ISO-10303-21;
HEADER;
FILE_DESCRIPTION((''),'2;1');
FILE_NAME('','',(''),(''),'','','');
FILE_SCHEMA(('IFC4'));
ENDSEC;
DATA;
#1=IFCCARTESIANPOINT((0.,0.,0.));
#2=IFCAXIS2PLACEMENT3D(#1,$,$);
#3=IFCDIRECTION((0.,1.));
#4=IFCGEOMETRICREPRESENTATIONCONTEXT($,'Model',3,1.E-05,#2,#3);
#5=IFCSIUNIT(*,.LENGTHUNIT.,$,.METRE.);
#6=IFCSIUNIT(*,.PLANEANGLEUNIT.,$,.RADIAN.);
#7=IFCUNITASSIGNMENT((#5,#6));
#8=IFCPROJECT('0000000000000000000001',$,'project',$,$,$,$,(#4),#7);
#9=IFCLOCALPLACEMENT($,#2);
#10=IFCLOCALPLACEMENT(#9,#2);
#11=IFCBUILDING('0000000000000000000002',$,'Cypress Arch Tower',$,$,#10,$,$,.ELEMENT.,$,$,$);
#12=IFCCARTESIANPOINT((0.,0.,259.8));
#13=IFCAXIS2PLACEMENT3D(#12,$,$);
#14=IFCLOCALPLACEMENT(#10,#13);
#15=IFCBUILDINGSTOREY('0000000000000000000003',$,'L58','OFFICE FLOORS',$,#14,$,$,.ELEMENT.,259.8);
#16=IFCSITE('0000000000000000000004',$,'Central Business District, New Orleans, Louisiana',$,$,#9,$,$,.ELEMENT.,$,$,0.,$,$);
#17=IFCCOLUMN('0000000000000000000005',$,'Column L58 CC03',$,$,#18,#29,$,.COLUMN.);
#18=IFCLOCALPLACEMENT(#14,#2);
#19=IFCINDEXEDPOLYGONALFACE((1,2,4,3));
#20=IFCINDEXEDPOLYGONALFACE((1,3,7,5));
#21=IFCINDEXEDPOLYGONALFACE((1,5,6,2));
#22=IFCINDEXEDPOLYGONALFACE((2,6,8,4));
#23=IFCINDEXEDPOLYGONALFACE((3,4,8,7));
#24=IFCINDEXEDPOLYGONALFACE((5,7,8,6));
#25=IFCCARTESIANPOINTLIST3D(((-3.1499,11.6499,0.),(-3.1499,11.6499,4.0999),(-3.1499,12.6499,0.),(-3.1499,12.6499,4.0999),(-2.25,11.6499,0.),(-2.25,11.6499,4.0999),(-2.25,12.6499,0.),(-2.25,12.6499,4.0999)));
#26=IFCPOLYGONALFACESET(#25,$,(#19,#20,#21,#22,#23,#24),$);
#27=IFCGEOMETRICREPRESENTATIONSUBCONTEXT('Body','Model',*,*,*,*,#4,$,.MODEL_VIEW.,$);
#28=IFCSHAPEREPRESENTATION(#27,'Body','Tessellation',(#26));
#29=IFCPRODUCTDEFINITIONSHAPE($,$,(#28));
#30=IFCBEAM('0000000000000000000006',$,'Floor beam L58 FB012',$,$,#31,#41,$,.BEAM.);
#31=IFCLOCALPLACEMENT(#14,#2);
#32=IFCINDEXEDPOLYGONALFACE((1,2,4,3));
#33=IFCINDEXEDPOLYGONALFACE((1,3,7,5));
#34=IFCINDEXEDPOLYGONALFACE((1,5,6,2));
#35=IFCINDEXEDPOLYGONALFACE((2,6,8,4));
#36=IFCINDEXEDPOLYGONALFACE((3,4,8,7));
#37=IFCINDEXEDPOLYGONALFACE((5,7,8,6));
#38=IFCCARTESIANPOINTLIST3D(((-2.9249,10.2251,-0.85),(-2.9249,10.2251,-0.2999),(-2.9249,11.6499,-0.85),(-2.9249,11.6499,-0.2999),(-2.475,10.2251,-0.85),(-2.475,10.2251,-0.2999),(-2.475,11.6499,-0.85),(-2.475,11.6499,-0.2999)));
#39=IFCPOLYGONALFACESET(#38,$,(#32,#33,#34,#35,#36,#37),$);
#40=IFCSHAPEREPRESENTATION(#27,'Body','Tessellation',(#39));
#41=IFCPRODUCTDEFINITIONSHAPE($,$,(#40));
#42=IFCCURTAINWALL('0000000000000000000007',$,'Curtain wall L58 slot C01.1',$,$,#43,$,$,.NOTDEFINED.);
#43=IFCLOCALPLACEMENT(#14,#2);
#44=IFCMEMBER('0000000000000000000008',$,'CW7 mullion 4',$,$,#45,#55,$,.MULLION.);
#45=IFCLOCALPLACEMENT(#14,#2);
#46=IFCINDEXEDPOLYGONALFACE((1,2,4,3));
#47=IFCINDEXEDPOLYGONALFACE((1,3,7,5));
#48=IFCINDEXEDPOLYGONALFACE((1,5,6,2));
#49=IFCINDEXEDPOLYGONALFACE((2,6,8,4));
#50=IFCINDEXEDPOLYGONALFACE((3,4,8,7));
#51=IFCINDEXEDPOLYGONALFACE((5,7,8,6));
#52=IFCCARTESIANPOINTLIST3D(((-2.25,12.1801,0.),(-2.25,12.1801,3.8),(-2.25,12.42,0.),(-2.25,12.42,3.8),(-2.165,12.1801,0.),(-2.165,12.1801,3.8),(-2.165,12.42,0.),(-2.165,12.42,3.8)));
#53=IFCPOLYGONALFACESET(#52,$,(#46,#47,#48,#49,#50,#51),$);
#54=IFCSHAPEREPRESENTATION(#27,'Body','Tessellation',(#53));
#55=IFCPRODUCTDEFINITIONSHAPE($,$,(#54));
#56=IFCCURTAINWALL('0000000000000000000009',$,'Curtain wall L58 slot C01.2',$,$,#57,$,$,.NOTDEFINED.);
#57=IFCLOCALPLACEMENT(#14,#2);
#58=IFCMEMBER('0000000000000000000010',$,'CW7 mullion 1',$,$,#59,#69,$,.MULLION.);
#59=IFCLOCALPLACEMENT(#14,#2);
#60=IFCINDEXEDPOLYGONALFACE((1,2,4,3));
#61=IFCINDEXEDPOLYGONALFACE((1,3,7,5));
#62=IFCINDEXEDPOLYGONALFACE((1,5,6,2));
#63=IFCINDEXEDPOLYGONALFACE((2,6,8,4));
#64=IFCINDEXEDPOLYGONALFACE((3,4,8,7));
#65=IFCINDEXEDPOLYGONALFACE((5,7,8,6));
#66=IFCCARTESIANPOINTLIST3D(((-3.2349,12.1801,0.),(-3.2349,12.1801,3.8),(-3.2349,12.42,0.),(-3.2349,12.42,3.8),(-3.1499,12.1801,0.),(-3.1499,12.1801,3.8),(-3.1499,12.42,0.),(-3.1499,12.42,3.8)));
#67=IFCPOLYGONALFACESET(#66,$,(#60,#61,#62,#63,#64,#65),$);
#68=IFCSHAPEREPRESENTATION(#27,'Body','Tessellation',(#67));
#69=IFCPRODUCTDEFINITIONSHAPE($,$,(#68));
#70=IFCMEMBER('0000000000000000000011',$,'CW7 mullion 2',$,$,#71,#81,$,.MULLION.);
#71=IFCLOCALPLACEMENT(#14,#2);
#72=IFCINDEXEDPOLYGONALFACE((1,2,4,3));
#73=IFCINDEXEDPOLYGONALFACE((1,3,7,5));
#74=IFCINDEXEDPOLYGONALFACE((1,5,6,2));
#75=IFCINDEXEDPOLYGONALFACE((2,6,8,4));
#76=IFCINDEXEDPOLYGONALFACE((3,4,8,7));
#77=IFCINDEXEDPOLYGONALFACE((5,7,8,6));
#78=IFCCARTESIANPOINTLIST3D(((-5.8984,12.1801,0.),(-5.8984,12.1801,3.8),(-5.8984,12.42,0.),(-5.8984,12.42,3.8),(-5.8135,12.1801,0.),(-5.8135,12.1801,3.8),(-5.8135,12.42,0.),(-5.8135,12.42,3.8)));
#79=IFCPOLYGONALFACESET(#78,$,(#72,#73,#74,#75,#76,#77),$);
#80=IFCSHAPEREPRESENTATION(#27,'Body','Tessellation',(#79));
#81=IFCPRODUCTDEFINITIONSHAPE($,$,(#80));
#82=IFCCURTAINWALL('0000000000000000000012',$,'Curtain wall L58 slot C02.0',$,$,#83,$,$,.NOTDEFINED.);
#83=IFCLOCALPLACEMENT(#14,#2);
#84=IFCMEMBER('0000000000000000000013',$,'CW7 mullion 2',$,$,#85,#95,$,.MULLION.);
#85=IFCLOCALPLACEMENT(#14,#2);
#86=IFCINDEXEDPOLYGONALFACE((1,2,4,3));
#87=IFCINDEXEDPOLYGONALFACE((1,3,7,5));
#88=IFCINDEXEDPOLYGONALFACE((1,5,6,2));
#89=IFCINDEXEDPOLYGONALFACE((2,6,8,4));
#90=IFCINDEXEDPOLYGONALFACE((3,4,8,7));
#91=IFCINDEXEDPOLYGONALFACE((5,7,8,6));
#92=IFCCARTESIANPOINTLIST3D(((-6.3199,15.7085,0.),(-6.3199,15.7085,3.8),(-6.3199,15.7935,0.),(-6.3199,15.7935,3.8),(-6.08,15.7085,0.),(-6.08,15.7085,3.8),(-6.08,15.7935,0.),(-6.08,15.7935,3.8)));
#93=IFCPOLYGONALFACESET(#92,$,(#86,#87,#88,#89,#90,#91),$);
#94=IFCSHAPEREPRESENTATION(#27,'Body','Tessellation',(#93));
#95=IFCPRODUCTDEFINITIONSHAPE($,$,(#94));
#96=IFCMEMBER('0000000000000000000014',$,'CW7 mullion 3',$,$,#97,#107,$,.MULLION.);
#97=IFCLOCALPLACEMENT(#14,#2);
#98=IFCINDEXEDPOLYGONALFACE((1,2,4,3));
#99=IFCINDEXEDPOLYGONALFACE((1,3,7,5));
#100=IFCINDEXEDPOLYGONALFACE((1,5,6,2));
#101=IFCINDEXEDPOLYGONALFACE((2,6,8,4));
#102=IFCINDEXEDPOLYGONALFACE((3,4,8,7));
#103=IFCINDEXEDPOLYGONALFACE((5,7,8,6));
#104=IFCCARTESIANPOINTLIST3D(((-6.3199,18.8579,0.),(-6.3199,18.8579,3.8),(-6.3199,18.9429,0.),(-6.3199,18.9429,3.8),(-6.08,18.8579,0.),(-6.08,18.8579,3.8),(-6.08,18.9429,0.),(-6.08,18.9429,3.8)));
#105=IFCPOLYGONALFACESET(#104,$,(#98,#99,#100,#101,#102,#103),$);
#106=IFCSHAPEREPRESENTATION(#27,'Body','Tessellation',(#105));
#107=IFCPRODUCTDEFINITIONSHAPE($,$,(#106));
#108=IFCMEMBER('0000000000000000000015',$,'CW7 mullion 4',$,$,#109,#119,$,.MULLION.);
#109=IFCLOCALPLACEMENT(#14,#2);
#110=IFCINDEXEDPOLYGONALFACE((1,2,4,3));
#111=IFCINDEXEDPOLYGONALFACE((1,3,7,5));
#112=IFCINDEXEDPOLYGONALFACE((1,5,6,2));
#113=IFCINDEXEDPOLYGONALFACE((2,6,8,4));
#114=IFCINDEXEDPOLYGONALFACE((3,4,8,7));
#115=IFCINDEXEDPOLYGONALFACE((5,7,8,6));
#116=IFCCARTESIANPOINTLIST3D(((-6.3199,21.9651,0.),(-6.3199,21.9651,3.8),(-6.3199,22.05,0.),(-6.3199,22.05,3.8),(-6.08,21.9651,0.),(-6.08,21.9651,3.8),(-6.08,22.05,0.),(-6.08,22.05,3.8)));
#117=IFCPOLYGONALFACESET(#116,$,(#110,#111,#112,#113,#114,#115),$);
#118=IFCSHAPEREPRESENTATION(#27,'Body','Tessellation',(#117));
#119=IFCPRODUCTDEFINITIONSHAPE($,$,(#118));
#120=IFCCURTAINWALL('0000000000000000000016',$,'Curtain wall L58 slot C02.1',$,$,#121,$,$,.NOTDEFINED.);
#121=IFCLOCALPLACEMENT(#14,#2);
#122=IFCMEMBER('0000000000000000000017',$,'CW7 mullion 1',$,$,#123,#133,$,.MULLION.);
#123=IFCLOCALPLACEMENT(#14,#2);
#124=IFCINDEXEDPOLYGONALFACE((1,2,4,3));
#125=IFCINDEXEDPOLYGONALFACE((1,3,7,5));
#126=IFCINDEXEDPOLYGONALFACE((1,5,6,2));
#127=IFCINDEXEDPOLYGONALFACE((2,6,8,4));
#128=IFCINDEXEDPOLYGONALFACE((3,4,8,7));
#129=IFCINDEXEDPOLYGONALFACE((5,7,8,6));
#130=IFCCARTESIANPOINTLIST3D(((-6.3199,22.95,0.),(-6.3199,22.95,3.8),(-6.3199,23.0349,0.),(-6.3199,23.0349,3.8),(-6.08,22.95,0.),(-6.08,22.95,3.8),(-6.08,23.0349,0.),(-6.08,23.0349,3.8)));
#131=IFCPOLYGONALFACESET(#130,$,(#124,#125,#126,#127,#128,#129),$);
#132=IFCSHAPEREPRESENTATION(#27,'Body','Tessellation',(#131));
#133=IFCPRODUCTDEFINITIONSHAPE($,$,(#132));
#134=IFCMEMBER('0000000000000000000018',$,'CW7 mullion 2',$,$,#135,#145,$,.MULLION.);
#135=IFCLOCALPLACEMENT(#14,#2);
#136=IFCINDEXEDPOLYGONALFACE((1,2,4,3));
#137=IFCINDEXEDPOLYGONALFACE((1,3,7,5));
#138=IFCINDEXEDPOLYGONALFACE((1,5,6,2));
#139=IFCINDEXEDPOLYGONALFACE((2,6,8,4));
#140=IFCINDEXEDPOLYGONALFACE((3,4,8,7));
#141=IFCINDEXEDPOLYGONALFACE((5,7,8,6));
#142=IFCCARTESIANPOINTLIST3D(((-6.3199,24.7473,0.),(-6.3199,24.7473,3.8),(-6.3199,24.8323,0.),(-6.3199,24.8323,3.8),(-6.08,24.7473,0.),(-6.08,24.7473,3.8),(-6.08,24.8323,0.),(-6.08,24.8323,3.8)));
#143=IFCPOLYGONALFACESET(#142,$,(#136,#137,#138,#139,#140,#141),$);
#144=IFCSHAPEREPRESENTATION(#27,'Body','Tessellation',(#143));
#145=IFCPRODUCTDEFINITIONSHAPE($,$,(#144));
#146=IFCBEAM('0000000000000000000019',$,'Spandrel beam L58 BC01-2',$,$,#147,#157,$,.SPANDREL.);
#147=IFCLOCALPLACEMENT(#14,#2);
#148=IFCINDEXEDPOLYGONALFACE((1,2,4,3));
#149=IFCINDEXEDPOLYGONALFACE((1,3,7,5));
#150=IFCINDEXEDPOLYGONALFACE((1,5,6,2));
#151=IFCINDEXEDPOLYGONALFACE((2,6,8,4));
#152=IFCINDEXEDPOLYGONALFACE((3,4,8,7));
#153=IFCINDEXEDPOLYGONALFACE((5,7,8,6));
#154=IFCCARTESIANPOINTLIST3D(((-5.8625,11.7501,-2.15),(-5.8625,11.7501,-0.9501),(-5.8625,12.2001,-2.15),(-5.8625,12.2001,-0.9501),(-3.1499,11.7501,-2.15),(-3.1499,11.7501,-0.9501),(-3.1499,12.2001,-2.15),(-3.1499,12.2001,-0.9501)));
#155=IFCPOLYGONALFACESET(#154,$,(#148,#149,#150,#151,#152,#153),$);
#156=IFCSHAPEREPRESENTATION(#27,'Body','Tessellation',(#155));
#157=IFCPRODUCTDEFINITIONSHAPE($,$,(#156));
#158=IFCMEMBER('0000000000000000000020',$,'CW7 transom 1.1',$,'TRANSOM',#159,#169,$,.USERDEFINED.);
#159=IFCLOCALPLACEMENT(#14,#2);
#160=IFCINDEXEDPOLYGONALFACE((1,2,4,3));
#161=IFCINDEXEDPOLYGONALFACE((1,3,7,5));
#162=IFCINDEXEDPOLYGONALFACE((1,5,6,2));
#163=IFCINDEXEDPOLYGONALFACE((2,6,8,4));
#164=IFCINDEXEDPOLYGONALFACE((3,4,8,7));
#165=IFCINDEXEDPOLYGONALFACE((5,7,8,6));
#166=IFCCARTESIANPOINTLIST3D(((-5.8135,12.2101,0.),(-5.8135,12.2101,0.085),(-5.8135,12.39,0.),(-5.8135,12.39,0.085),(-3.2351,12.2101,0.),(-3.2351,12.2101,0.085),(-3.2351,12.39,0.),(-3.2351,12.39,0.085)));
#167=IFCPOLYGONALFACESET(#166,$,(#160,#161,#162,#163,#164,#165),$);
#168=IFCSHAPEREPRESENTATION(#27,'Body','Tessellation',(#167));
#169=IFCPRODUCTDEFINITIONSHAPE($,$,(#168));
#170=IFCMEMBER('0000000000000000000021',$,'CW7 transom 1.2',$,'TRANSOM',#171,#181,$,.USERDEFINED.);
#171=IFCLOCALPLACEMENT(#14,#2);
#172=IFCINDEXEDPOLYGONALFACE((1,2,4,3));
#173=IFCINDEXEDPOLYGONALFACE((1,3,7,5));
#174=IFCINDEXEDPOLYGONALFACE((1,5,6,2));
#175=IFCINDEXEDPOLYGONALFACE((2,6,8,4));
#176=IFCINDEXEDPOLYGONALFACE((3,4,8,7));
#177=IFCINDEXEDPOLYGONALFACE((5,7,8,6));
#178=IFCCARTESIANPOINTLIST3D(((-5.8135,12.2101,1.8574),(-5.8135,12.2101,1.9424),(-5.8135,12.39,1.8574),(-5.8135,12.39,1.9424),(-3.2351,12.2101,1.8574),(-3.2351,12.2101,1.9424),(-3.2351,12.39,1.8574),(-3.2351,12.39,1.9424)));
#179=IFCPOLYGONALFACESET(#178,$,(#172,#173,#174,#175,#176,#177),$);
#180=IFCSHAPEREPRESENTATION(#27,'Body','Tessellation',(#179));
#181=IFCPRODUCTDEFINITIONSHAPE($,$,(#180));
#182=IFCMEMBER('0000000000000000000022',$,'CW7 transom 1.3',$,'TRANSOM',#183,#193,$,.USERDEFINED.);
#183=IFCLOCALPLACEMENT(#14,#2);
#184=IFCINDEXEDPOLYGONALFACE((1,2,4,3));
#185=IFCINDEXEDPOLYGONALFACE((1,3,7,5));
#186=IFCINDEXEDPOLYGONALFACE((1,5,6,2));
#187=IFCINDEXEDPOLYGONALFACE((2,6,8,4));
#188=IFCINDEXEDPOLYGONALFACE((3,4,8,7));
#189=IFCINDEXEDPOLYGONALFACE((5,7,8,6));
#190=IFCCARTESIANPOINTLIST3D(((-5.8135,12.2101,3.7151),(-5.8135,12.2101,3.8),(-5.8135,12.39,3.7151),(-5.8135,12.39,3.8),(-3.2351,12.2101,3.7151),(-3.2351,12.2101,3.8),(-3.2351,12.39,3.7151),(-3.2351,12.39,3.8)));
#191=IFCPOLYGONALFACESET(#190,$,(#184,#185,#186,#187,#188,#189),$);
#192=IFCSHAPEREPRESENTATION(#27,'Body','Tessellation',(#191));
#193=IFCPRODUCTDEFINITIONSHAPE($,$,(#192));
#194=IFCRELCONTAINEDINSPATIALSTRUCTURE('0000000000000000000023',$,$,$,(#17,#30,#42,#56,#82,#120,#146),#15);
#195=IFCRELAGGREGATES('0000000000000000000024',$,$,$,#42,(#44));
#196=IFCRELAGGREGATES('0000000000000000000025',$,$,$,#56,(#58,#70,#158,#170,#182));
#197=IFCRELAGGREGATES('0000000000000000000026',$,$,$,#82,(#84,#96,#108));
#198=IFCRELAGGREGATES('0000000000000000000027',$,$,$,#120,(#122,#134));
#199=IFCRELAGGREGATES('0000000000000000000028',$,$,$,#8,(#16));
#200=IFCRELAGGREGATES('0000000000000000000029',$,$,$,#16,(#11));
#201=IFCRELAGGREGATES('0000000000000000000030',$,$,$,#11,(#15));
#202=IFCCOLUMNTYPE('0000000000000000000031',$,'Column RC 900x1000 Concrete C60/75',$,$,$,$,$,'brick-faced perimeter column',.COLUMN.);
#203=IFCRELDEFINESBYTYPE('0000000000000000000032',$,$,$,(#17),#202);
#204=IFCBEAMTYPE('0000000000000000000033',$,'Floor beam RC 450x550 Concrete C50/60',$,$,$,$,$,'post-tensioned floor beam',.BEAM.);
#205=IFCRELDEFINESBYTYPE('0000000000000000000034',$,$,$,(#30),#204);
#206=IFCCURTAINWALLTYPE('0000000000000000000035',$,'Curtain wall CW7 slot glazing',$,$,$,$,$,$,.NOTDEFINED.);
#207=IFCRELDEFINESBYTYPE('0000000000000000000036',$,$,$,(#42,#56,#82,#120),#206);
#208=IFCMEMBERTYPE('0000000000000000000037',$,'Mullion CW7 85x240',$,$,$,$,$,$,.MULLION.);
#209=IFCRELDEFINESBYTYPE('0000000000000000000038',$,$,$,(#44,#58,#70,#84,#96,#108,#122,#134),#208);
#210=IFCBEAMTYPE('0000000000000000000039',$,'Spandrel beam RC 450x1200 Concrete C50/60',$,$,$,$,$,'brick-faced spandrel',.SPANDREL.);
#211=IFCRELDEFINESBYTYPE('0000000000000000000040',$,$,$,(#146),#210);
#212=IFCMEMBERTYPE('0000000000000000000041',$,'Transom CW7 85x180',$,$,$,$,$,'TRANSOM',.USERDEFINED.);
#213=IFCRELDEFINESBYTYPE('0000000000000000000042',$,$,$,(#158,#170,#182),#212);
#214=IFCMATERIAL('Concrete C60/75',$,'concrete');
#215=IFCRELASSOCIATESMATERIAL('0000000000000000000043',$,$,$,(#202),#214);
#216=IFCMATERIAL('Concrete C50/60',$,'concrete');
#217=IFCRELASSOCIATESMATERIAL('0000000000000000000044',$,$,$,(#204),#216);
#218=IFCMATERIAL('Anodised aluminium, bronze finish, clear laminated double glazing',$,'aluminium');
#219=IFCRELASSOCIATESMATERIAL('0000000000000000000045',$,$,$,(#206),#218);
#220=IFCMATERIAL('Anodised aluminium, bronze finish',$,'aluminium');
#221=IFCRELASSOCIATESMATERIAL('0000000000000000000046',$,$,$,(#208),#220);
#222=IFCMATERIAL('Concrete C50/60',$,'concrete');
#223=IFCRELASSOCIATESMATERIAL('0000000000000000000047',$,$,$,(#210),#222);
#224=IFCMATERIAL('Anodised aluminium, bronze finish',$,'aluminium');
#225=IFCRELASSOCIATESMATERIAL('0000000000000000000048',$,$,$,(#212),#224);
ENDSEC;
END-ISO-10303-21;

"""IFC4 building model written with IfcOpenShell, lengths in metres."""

from ifc_helpers import new_model, si_unit, direction, frame, origin, origin_2d, place, context, subcontext, project, spatial, rectangle, extrude, material, material_profile, profile_set, type_object, element, aggregate, save


model = new_model("IFC4")

# Units and contexts
model_context = context("Model", 3, precision=1e-05, world=origin(), true_north=direction((0.0, 1.0)))
body_context = subcontext(model_context, "Body", "Model", "MODEL_VIEW")
ifc_project = project(units=[si_unit("LENGTHUNIT", "METRE"), si_unit("PLANEANGLEUNIT", "RADIAN")], contexts=[model_context])

# Site, building, storey
site_placement = place(None, origin())
site = spatial("IfcSite", under=ifc_project, at=site_placement, Name="Central Business District, New Orleans, Louisiana", CompositionType="ELEMENT", RefElevation=0.0)
building_placement = place(site_placement, origin())
building = spatial("IfcBuilding", under=site, at=building_placement, Name="Cypress Arch Tower", CompositionType="ELEMENT")
storey_placement = place(building_placement, frame((0.0, 0.0, 259.8)))
storey = spatial("IfcBuildingStorey", under=building, at=storey_placement, Name="L58", Description="OFFICE FLOORS", CompositionType="ELEMENT", Elevation=259.8)

# Column
ifc_material_1 = material(Name="Concrete C60/75", Category="concrete")
ifc_material_profile_1 = material_profile(ifc_material_1, rectangle(XDim=0.8999, YDim=1.0, at=origin_2d()), Name="RC 900x1000")
ifc_profile_set_1 = profile_set([ifc_material_profile_1], Name="Concrete C60/75")
column_type = type_object("IfcColumnType", Name="Column RC 900x1000 Concrete C60/75", ElementType="brick-faced perimeter column", PredefinedType="COLUMN", material=ifc_profile_set_1)
column_placement = place(storey_placement, frame((-2.7, 12.1499, 0.0), z_axis=(0.0, 0.0, 1.0), x_axis=(-1.0, 0.0, 0.0)))
element("IfcColumn", 1, at=column_placement, inside=storey, type_object=column_type, Name="Column L58 CC03", PredefinedType="COLUMN", context=body_context, shape_type="SweptSolid", body=[
    extrude(rectangle(XDim=0.8999, YDim=1.0, at=origin_2d()), origin(), (0.0, 0.0, 1.0), 4.0999),
])

# Beam
ifc_material_2 = material(Name="Concrete C50/60", Category="concrete")
ifc_material_profile_2 = material_profile(ifc_material_2, rectangle(XDim=0.45, YDim=0.55, at=origin_2d()), Name="RC 450x550")
ifc_profile_set_2 = profile_set([ifc_material_profile_2], Name="Concrete C50/60")
beam_type_1 = type_object("IfcBeamType", Name="Floor beam RC 450x550 Concrete C50/60", ElementType="post-tensioned floor beam", PredefinedType="BEAM", material=ifc_profile_set_2)
beam_1_placement = place(storey_placement, frame((-2.7, 10.2251, -0.575), z_axis=(0.0, 1.0, 0.0), x_axis=(-1.0, 0.0, 0.0)))
element("IfcBeam", 2, at=beam_1_placement, inside=storey, type_object=beam_type_1, Name="Floor beam L58 FB012", PredefinedType="BEAM", context=body_context, shape_type="SweptSolid", body=[
    extrude(rectangle(XDim=0.45, YDim=0.55, at=origin_2d()), origin(), (0.0, 0.0, 1.0), 1.4248),
])

# Curtain wall, member
ifc_material_3 = material(Name="Anodised aluminium, bronze finish, clear laminated double glazing", Category="aluminium")
curtain_wall_type = type_object("IfcCurtainWallType", Name="Curtain wall CW7 slot glazing", PredefinedType="NOTDEFINED", material=ifc_material_3)
curtain_wall_1_placement = place(storey_placement, origin())
curtain_wall_1 = element("IfcCurtainWall", 3, at=curtain_wall_1_placement, inside=storey, type_object=curtain_wall_type, Name="Curtain wall L58 slot C01.1", PredefinedType="NOTDEFINED")
ifc_material_4 = material(Name="Anodised aluminium, bronze finish", Category="aluminium")
ifc_material_profile_3 = material_profile(ifc_material_4, rectangle(XDim=0.24, YDim=0.085, at=origin_2d()), Name="Mullion 85x240")
ifc_profile_set_3 = profile_set([ifc_material_profile_3], Name="Anodised aluminium, bronze finish")
member_type_1 = type_object("IfcMemberType", Name="Mullion CW7 85x240", PredefinedType="MULLION", material=ifc_profile_set_3)
member_1_placement = place(storey_placement, frame((-2.2075, 12.3, 0.0), z_axis=(0.0, 0.0, 1.0), x_axis=(0.0, -1.0, 0.0)))
member_1 = element("IfcMember", 4, at=member_1_placement, type_object=member_type_1, Name="CW7 mullion 4", PredefinedType="MULLION", context=body_context, shape_type="SweptSolid", body=[
    extrude(rectangle(XDim=0.24, YDim=0.085, at=origin_2d()), origin(), (0.0, 0.0, 1.0), 3.8),
])
aggregate(curtain_wall_1, [member_1])

# Curtain walls, members
curtain_wall_2_placement = place(storey_placement, origin())
curtain_wall_2 = element("IfcCurtainWall", 5, at=curtain_wall_2_placement, inside=storey, type_object=curtain_wall_type, Name="Curtain wall L58 slot C01.2", PredefinedType="NOTDEFINED")
member_2_placement = place(storey_placement, frame((-3.1924, 12.3, 0.0), z_axis=(0.0, 0.0, 1.0), x_axis=(0.0, -1.0, 0.0)))
member_2 = element("IfcMember", 6, at=member_2_placement, type_object=member_type_1, Name="CW7 mullion 1", PredefinedType="MULLION", context=body_context, shape_type="SweptSolid", body=[
    extrude(rectangle(XDim=0.24, YDim=0.085, at=origin_2d()), origin(), (0.0, 0.0, 1.0), 3.8),
])
member_3_placement = place(storey_placement, frame((-5.856, 12.3, 0.0), z_axis=(0.0, 0.0, 1.0), x_axis=(0.0, -1.0, 0.0)))
member_3 = element("IfcMember", 7, at=member_3_placement, type_object=member_type_1, Name="CW7 mullion 2", PredefinedType="MULLION", context=body_context, shape_type="SweptSolid", body=[
    extrude(rectangle(XDim=0.24, YDim=0.085, at=origin_2d()), origin(), (0.0, 0.0, 1.0), 3.8),
])
curtain_wall_3_placement = place(storey_placement, origin())
curtain_wall_3 = element("IfcCurtainWall", 8, at=curtain_wall_3_placement, inside=storey, type_object=curtain_wall_type, Name="Curtain wall L58 slot C02.0", PredefinedType="NOTDEFINED")
member_4_placement = place(storey_placement, frame((-6.2, 15.751, 0.0), z_axis=(0.0, 0.0, 1.0), x_axis=(-1.0, 0.0, 0.0)))
member_4 = element("IfcMember", 9, at=member_4_placement, type_object=member_type_1, Name="CW7 mullion 2", PredefinedType="MULLION", context=body_context, shape_type="SweptSolid", body=[
    extrude(rectangle(XDim=0.24, YDim=0.085, at=origin_2d()), origin(), (0.0, 0.0, 1.0), 3.8),
])
member_5_placement = place(storey_placement, frame((-6.2, 18.9004, 0.0), z_axis=(0.0, 0.0, 1.0), x_axis=(-1.0, 0.0, 0.0)))
member_5 = element("IfcMember", 10, at=member_5_placement, type_object=member_type_1, Name="CW7 mullion 3", PredefinedType="MULLION", context=body_context, shape_type="SweptSolid", body=[
    extrude(rectangle(XDim=0.24, YDim=0.085, at=origin_2d()), origin(), (0.0, 0.0, 1.0), 3.8),
])
member_6_placement = place(storey_placement, frame((-6.2, 22.0076, 0.0), z_axis=(0.0, 0.0, 1.0), x_axis=(-1.0, 0.0, 0.0)))
member_6 = element("IfcMember", 11, at=member_6_placement, type_object=member_type_1, Name="CW7 mullion 4", PredefinedType="MULLION", context=body_context, shape_type="SweptSolid", body=[
    extrude(rectangle(XDim=0.24, YDim=0.085, at=origin_2d()), origin(), (0.0, 0.0, 1.0), 3.8),
])
curtain_wall_4_placement = place(storey_placement, origin())
curtain_wall_4 = element("IfcCurtainWall", 12, at=curtain_wall_4_placement, inside=storey, type_object=curtain_wall_type, Name="Curtain wall L58 slot C02.1", PredefinedType="NOTDEFINED")
member_7_placement = place(storey_placement, frame((-6.2, 22.9924, 0.0), z_axis=(0.0, 0.0, 1.0), x_axis=(-1.0, 0.0, 0.0)))
member_7 = element("IfcMember", 13, at=member_7_placement, type_object=member_type_1, Name="CW7 mullion 1", PredefinedType="MULLION", context=body_context, shape_type="SweptSolid", body=[
    extrude(rectangle(XDim=0.24, YDim=0.085, at=origin_2d()), origin(), (0.0, 0.0, 1.0), 3.8),
])
member_8_placement = place(storey_placement, frame((-6.2, 24.7898, 0.0), z_axis=(0.0, 0.0, 1.0), x_axis=(-1.0, 0.0, 0.0)))
member_8 = element("IfcMember", 14, at=member_8_placement, type_object=member_type_1, Name="CW7 mullion 2", PredefinedType="MULLION", context=body_context, shape_type="SweptSolid", body=[
    extrude(rectangle(XDim=0.24, YDim=0.085, at=origin_2d()), origin(), (0.0, 0.0, 1.0), 3.8),
])

# Beam
ifc_material_5 = material(Name="Concrete C50/60", Category="concrete")
ifc_material_profile_4 = material_profile(ifc_material_5, rectangle(XDim=0.45, YDim=1.2, at=origin_2d()), Name="RC 450x1200")
ifc_profile_set_4 = profile_set([ifc_material_profile_4], Name="Concrete C50/60")
beam_type_2 = type_object("IfcBeamType", Name="Spandrel beam RC 450x1200 Concrete C50/60", ElementType="brick-faced spandrel", PredefinedType="SPANDREL", material=ifc_profile_set_4)
beam_2_placement = place(storey_placement, frame((-3.1499, 11.9751, -1.55), z_axis=(-1.0, 0.0, 0.0), x_axis=(0.0, -1.0, 0.0)))
element("IfcBeam", 15, at=beam_2_placement, inside=storey, type_object=beam_type_2, Name="Spandrel beam L58 BC01-2", PredefinedType="SPANDREL", context=body_context, shape_type="SweptSolid", body=[
    extrude(rectangle(XDim=0.45, YDim=1.2, at=origin_2d()), origin(), (0.0, 0.0, 1.0), 2.7126),
])

# Members
ifc_material_6 = material(Name="Anodised aluminium, bronze finish", Category="aluminium")
ifc_material_profile_5 = material_profile(ifc_material_6, rectangle(XDim=0.1799, YDim=0.085, at=origin_2d()), Name="Transom 85x180")
ifc_profile_set_5 = profile_set([ifc_material_profile_5], Name="Anodised aluminium, bronze finish")
member_type_2 = type_object("IfcMemberType", Name="Transom CW7 85x180", ElementType="TRANSOM", PredefinedType="USERDEFINED", material=ifc_profile_set_5)
member_9_placement = place(storey_placement, frame((-3.2351, 12.3, 0.0425), z_axis=(-1.0, 0.0, 0.0), x_axis=(0.0, -1.0, 0.0)))
member_9 = element("IfcMember", 16, at=member_9_placement, type_object=member_type_2, Name="CW7 transom 1.1", ObjectType="TRANSOM", PredefinedType="USERDEFINED", context=body_context, shape_type="SweptSolid", body=[
    extrude(rectangle(XDim=0.1799, YDim=0.085, at=origin_2d()), origin(), (0.0, 0.0, 1.0), 2.5784),
])
member_10_placement = place(storey_placement, frame((-3.2351, 12.3, 1.8999), z_axis=(-1.0, 0.0, 0.0), x_axis=(0.0, -1.0, 0.0)))
member_10 = element("IfcMember", 17, at=member_10_placement, type_object=member_type_2, Name="CW7 transom 1.2", ObjectType="TRANSOM", PredefinedType="USERDEFINED", context=body_context, shape_type="SweptSolid", body=[
    extrude(rectangle(XDim=0.1799, YDim=0.085, at=origin_2d()), origin(), (0.0, 0.0, 1.0), 2.5784),
])
member_11_placement = place(storey_placement, frame((-3.2351, 12.3, 3.7576), z_axis=(-1.0, 0.0, 0.0), x_axis=(0.0, -1.0, 0.0)))
member_11 = element("IfcMember", 18, at=member_11_placement, type_object=member_type_2, Name="CW7 transom 1.3", ObjectType="TRANSOM", PredefinedType="USERDEFINED", context=body_context, shape_type="SweptSolid", body=[
    extrude(rectangle(XDim=0.1799, YDim=0.085, at=origin_2d()), origin(), (0.0, 0.0, 1.0), 2.5784),
])

aggregate(curtain_wall_2, [member_2, member_3, member_9, member_10, member_11])
aggregate(curtain_wall_3, [member_4, member_5, member_6])
aggregate(curtain_wall_4, [member_7, member_8])

save(model, "model.ifc")
